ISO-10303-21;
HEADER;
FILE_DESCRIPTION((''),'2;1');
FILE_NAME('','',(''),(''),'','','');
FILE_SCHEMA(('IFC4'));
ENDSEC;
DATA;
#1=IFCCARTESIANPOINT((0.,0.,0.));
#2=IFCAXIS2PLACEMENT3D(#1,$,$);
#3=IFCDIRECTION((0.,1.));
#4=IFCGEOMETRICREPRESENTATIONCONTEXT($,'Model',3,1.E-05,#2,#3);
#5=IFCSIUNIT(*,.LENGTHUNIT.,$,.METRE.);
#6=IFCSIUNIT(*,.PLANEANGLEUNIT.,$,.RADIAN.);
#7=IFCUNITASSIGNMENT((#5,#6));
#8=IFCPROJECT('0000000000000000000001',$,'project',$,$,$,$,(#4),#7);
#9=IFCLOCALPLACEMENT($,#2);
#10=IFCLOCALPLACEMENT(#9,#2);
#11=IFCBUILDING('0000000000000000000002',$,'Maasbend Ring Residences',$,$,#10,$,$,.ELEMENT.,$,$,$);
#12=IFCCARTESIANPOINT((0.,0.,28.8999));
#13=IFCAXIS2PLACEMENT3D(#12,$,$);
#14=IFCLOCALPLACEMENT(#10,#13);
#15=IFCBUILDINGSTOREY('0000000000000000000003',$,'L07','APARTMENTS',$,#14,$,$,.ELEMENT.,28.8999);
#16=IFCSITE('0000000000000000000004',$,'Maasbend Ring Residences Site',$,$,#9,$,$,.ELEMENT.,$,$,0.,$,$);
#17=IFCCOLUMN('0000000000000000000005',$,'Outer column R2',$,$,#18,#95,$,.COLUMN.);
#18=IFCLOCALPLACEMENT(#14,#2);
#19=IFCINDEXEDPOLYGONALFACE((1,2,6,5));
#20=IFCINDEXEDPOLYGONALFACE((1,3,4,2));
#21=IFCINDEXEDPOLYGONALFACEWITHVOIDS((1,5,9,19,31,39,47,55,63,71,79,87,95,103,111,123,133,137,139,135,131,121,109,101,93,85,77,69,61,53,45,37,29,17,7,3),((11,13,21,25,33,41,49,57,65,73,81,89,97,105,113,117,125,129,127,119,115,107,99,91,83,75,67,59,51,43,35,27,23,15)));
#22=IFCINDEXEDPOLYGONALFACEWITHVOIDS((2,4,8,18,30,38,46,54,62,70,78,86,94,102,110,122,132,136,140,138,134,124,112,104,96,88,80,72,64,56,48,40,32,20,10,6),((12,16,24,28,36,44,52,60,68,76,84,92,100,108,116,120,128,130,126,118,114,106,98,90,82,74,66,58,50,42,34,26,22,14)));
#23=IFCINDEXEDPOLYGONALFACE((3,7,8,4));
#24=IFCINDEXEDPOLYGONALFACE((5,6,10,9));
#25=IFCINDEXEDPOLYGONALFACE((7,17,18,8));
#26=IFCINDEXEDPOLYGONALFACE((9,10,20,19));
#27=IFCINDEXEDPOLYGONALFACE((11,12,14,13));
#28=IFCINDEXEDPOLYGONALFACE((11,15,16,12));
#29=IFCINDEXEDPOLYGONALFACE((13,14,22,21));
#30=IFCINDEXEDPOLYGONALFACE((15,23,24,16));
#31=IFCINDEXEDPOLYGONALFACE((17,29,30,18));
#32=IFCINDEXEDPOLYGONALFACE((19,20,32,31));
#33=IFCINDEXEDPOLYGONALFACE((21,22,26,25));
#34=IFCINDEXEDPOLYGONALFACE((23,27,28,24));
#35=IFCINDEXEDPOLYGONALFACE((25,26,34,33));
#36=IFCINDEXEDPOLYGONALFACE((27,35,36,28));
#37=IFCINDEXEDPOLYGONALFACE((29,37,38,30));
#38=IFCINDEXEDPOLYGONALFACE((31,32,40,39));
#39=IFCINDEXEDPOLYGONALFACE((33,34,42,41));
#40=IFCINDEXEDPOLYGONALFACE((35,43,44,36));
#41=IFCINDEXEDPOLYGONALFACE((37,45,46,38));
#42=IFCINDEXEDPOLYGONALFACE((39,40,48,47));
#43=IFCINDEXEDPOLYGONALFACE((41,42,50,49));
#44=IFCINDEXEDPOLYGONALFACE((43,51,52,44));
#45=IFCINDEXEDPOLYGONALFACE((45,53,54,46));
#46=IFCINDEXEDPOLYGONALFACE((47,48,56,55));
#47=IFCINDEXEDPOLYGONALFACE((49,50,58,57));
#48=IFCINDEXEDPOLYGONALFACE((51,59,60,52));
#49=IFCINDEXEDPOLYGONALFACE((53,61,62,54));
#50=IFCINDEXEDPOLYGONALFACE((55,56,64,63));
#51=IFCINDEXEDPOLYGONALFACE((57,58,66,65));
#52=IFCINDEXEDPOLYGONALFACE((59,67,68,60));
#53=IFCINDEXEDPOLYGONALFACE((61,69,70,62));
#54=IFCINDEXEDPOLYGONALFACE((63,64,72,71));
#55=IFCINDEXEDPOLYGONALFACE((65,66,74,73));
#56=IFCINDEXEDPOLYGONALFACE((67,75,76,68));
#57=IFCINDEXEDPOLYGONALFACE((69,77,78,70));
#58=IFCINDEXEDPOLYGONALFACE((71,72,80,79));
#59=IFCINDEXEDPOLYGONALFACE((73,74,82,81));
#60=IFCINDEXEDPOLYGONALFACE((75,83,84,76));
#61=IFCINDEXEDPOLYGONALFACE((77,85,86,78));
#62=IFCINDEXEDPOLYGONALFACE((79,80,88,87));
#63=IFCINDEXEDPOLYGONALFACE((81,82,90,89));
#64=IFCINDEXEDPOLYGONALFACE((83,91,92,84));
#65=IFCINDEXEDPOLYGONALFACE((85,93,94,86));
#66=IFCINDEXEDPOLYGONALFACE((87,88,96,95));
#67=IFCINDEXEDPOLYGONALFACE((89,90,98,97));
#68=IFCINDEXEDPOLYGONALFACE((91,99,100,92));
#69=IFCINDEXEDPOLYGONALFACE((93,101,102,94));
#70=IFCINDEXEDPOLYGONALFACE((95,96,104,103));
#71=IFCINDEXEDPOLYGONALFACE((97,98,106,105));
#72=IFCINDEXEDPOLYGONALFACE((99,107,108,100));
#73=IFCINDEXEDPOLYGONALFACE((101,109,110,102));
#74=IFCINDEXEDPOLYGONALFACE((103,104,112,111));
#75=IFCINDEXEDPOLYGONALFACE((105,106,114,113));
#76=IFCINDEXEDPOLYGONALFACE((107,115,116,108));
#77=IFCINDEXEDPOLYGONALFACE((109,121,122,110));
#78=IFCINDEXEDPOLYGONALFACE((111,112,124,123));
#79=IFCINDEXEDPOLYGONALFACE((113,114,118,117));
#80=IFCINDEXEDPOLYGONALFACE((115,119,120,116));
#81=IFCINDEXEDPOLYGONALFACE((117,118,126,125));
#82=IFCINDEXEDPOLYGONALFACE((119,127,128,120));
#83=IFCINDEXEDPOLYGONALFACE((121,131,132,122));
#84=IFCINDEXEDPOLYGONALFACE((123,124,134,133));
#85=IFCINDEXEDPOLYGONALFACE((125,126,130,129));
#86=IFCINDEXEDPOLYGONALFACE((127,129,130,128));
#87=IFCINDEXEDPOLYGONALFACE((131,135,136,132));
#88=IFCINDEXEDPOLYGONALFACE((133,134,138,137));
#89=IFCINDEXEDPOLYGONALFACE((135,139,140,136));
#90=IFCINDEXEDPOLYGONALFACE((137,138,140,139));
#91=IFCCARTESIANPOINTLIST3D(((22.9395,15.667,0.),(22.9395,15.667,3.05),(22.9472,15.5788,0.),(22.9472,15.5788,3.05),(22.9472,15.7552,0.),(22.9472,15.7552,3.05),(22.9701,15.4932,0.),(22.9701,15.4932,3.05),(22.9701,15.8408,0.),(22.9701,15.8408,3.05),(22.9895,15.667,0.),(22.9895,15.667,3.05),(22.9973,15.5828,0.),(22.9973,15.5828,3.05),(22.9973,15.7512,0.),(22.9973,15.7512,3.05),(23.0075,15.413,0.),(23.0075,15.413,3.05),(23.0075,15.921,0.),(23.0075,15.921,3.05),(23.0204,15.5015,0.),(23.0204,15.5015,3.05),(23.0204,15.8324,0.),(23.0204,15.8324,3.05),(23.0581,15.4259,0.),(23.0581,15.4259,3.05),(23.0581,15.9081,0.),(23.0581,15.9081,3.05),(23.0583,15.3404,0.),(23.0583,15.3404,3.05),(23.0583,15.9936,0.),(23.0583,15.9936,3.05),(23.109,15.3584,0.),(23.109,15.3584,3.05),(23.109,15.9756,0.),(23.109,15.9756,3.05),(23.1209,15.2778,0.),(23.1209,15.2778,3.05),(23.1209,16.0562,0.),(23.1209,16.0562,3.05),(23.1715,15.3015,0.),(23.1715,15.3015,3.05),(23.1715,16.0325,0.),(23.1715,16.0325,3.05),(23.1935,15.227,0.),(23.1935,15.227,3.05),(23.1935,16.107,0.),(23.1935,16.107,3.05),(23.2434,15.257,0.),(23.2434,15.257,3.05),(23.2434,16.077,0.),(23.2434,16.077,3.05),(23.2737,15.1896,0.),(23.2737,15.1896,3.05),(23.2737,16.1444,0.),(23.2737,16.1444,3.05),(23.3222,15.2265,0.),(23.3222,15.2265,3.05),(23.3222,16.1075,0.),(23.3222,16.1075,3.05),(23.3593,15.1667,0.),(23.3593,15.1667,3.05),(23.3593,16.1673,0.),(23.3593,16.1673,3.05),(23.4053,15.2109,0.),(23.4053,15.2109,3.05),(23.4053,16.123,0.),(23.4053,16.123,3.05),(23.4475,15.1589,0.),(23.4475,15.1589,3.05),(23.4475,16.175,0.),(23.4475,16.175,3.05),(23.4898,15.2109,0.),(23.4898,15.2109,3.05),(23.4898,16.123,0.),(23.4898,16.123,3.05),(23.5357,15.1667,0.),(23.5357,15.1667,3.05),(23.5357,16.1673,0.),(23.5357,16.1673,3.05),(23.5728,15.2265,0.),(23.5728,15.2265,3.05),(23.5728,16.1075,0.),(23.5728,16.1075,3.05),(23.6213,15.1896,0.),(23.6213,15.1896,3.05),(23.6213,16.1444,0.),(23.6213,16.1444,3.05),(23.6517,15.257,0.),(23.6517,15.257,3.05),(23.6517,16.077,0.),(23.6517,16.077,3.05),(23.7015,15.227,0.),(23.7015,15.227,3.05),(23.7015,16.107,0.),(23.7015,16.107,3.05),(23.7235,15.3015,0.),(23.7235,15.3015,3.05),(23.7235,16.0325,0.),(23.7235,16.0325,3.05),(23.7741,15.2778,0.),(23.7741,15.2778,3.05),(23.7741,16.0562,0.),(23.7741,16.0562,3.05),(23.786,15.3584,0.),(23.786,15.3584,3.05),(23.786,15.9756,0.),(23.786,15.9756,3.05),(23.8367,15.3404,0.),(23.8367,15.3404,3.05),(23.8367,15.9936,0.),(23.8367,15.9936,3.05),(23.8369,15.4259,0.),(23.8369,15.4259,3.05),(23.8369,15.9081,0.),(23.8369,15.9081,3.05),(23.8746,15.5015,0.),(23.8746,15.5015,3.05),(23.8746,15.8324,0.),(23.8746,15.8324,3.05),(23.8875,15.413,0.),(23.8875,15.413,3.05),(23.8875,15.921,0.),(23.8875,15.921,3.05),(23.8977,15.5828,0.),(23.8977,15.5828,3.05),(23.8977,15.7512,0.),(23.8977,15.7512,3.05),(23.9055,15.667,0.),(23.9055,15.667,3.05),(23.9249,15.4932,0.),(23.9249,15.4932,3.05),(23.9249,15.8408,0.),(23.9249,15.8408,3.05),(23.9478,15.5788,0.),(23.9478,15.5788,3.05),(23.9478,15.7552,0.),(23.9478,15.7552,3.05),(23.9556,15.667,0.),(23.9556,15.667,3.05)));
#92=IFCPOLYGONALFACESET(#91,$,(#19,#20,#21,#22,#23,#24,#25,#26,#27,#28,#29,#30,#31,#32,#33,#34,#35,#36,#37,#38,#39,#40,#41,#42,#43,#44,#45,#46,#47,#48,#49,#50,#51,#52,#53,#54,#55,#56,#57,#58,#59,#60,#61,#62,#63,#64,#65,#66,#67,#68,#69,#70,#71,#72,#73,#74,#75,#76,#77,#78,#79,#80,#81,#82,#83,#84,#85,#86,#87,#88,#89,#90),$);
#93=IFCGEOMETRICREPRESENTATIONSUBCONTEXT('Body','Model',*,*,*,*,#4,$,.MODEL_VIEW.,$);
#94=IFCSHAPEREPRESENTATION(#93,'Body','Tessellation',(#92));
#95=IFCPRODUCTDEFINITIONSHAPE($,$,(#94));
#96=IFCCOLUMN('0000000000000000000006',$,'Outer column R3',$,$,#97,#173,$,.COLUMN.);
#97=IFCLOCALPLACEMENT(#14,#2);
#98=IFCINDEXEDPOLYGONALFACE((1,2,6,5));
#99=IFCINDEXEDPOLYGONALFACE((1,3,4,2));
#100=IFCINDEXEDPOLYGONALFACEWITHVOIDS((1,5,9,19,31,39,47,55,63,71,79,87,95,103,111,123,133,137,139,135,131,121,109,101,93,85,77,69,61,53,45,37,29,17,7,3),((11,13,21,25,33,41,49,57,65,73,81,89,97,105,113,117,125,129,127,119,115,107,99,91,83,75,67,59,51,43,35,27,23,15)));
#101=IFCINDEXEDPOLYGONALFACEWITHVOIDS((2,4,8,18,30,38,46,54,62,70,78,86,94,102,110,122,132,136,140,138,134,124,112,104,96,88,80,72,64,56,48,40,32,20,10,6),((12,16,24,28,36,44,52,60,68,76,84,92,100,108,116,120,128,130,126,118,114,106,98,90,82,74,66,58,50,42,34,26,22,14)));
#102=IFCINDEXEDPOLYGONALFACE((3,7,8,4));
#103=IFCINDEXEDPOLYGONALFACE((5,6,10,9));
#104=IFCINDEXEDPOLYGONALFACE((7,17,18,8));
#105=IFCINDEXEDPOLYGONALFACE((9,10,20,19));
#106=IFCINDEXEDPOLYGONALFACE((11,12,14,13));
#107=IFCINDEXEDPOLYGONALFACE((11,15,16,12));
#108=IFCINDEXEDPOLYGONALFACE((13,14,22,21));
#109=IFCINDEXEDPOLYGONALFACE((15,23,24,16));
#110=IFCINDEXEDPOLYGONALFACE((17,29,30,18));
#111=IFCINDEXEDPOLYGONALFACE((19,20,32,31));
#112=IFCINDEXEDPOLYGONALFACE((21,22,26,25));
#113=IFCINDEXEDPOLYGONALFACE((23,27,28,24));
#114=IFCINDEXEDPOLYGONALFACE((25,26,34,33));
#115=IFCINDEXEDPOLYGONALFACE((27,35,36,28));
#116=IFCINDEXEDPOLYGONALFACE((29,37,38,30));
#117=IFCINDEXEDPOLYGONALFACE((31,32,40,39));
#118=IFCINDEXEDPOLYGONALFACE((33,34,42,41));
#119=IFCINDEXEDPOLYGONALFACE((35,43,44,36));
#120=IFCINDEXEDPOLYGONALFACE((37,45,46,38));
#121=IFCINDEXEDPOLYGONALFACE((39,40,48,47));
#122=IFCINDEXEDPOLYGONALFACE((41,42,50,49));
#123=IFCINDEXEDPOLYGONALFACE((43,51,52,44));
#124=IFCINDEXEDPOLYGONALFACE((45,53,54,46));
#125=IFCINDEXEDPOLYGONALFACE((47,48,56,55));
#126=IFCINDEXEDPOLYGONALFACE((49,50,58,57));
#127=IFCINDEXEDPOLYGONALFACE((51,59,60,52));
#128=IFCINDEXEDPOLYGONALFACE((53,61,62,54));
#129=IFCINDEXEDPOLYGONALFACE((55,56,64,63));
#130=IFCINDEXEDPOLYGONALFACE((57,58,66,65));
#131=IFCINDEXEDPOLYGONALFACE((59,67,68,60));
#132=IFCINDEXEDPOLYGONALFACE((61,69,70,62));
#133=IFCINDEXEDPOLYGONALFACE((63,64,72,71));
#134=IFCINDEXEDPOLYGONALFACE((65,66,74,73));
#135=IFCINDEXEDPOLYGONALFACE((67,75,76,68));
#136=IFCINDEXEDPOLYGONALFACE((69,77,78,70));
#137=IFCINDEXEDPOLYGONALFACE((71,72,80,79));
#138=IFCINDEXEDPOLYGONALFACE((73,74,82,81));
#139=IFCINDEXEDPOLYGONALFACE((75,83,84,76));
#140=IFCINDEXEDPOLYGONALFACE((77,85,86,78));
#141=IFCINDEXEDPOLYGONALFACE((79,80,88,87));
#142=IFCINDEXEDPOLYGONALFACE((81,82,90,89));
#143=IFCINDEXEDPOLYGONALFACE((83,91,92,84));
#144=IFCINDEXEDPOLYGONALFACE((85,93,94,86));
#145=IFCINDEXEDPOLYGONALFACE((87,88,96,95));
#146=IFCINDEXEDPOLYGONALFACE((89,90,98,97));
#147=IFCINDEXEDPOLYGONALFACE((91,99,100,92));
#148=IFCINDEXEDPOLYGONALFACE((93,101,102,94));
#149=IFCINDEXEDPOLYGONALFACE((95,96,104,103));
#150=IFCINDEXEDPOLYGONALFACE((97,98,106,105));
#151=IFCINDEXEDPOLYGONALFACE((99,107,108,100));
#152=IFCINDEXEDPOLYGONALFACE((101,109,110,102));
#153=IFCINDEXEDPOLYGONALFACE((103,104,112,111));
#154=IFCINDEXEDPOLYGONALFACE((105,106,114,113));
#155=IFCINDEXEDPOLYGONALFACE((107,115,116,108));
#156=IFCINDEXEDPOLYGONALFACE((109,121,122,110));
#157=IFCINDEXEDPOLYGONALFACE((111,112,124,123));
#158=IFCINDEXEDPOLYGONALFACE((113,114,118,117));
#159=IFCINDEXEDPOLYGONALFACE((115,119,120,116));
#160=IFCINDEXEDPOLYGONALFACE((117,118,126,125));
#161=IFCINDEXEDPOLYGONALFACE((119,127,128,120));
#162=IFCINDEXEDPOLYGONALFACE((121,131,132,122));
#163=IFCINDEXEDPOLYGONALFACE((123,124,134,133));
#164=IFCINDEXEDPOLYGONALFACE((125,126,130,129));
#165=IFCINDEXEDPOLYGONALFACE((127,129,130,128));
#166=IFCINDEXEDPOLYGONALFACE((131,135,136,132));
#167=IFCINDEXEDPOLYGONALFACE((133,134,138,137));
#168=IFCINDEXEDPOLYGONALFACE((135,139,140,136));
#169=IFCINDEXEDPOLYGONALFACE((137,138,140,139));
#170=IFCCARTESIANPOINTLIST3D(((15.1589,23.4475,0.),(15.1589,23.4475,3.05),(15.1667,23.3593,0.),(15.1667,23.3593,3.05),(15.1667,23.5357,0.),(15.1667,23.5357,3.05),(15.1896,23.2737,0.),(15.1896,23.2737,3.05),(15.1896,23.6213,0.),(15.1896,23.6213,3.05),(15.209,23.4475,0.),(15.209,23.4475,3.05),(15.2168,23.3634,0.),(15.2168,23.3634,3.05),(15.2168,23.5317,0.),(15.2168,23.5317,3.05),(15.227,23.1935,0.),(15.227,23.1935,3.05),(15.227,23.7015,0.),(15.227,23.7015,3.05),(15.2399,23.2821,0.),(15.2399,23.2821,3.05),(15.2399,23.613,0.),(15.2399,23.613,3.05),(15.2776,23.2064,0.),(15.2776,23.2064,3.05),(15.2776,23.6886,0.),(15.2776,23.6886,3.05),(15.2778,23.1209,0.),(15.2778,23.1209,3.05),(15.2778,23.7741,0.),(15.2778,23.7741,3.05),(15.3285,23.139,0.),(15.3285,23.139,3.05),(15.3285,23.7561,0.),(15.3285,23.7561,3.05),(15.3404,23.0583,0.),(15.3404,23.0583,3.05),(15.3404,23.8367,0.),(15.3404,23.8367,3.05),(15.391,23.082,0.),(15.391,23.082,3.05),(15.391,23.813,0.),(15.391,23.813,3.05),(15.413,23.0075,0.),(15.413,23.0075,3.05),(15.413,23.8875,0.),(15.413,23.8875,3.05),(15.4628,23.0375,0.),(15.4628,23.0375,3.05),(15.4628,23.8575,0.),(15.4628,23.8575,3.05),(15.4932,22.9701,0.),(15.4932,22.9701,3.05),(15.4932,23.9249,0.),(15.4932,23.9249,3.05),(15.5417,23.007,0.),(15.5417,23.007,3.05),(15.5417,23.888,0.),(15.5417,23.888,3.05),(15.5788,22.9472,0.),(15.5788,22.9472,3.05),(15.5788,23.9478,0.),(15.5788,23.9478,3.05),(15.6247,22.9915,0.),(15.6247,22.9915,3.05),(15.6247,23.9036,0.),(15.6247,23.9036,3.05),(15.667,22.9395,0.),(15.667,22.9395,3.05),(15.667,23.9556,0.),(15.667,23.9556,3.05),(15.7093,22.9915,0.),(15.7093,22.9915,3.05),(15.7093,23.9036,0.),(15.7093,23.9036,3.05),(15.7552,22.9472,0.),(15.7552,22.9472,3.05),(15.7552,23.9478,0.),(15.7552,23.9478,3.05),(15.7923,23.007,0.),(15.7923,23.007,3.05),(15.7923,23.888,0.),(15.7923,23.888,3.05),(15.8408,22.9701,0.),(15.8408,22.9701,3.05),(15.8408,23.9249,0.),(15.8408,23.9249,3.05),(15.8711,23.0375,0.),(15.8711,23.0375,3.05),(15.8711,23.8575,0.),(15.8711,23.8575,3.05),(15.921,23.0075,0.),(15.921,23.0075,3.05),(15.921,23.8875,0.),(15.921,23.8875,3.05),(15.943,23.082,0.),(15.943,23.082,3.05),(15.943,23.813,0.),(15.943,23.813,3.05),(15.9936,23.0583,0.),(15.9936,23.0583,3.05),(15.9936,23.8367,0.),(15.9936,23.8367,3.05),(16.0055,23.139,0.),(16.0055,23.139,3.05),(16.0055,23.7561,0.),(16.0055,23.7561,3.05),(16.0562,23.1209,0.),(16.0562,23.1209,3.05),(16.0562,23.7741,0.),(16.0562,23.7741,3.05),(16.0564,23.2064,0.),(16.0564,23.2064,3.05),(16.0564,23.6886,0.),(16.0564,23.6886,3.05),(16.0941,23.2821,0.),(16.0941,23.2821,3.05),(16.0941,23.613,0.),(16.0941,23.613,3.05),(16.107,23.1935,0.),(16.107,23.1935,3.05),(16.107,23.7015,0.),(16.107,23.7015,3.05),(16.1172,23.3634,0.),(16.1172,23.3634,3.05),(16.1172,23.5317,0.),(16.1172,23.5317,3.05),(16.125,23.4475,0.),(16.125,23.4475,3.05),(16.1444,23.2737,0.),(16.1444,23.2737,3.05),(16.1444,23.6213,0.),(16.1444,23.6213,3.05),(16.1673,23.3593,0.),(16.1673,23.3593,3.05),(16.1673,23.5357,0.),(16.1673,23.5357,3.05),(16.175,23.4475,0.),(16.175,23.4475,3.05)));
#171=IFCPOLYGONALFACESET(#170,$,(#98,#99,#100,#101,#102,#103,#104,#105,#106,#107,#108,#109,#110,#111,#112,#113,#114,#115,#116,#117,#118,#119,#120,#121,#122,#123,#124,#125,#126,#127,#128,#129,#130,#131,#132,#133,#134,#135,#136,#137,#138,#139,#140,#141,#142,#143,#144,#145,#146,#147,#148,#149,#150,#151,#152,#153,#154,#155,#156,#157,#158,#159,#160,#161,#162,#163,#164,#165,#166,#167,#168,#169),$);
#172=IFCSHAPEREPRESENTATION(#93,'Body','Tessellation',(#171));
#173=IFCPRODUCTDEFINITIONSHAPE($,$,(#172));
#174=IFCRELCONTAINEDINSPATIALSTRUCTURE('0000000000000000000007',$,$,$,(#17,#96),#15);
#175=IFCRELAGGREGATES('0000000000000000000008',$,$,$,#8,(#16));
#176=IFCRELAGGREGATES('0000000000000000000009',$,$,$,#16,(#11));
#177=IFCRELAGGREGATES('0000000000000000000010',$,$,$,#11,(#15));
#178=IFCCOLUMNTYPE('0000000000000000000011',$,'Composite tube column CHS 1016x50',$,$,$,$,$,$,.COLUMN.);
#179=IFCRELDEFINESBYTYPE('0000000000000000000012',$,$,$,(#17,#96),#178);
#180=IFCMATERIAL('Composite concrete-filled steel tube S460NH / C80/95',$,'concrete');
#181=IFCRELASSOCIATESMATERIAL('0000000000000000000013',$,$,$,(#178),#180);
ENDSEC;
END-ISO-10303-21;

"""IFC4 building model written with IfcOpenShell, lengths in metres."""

from ifc_helpers import new_model, si_unit, direction, frame, origin, origin_2d, place, context, subcontext, project, spatial, hollow_circle, extrude, material, material_profile, profile_set, type_object, element, save


model = new_model("IFC4")

# Units and contexts
model_context = context("Model", 3, precision=1e-05, world=origin(), true_north=direction((0.0, 1.0)))
body_context = subcontext(model_context, "Body", "Model", "MODEL_VIEW")
ifc_project = project(units=[si_unit("LENGTHUNIT", "METRE"), si_unit("PLANEANGLEUNIT", "RADIAN")], contexts=[model_context])

# Site, building, storey
site_placement = place(None, origin())
site = spatial("IfcSite", under=ifc_project, at=site_placement, Name="Maasbend Ring Residences Site", CompositionType="ELEMENT", RefElevation=0.0)
building_placement = place(site_placement, origin())
building = spatial("IfcBuilding", under=site, at=building_placement, Name="Maasbend Ring Residences", CompositionType="ELEMENT")
storey_placement = place(building_placement, frame((0.0, 0.0, 28.8999)))
storey = spatial("IfcBuildingStorey", under=building, at=storey_placement, Name="L07", Description="APARTMENTS", CompositionType="ELEMENT", Elevation=28.8999)

# Columns
ifc_material_1 = material(Name="Composite concrete-filled steel tube S460NH / C80/95", Category="concrete")
ifc_material_profile_1 = material_profile(ifc_material_1, hollow_circle(Radius=0.5081, WallThickness=0.05, at=origin_2d()), Name="Composite tube column CHS 1016x50")
ifc_profile_set_1 = profile_set([ifc_material_profile_1], Name="Composite concrete-filled steel tube S460NH / C80/95")
column_type = type_object("IfcColumnType", Name="Composite tube column CHS 1016x50", PredefinedType="COLUMN", material=ifc_profile_set_1)
for number, where, z_axis, x_axis, name in (
    (1, (23.4475, 15.667, 0.0), (0.0, 0.0, 1.0), (1.0, 0.0, 0.0), "Outer column R2"),
    (2, (15.667, 23.4475, 0.0), (0.0, 0.0, 1.0), (1.0, 0.0, 0.0), "Outer column R3"),
):
    element("IfcColumn", number, at=place(storey_placement, frame(where, z_axis=z_axis, x_axis=x_axis)), inside=storey, type_object=column_type, Name=name, PredefinedType="COLUMN", context=body_context, shape_type="SweptSolid", body=[
        extrude(hollow_circle(Radius=0.5081, WallThickness=0.05, at=origin_2d()), origin(), (0.0, 0.0, 1.0), 3.05),
    ])

save(model, "model.ifc")
